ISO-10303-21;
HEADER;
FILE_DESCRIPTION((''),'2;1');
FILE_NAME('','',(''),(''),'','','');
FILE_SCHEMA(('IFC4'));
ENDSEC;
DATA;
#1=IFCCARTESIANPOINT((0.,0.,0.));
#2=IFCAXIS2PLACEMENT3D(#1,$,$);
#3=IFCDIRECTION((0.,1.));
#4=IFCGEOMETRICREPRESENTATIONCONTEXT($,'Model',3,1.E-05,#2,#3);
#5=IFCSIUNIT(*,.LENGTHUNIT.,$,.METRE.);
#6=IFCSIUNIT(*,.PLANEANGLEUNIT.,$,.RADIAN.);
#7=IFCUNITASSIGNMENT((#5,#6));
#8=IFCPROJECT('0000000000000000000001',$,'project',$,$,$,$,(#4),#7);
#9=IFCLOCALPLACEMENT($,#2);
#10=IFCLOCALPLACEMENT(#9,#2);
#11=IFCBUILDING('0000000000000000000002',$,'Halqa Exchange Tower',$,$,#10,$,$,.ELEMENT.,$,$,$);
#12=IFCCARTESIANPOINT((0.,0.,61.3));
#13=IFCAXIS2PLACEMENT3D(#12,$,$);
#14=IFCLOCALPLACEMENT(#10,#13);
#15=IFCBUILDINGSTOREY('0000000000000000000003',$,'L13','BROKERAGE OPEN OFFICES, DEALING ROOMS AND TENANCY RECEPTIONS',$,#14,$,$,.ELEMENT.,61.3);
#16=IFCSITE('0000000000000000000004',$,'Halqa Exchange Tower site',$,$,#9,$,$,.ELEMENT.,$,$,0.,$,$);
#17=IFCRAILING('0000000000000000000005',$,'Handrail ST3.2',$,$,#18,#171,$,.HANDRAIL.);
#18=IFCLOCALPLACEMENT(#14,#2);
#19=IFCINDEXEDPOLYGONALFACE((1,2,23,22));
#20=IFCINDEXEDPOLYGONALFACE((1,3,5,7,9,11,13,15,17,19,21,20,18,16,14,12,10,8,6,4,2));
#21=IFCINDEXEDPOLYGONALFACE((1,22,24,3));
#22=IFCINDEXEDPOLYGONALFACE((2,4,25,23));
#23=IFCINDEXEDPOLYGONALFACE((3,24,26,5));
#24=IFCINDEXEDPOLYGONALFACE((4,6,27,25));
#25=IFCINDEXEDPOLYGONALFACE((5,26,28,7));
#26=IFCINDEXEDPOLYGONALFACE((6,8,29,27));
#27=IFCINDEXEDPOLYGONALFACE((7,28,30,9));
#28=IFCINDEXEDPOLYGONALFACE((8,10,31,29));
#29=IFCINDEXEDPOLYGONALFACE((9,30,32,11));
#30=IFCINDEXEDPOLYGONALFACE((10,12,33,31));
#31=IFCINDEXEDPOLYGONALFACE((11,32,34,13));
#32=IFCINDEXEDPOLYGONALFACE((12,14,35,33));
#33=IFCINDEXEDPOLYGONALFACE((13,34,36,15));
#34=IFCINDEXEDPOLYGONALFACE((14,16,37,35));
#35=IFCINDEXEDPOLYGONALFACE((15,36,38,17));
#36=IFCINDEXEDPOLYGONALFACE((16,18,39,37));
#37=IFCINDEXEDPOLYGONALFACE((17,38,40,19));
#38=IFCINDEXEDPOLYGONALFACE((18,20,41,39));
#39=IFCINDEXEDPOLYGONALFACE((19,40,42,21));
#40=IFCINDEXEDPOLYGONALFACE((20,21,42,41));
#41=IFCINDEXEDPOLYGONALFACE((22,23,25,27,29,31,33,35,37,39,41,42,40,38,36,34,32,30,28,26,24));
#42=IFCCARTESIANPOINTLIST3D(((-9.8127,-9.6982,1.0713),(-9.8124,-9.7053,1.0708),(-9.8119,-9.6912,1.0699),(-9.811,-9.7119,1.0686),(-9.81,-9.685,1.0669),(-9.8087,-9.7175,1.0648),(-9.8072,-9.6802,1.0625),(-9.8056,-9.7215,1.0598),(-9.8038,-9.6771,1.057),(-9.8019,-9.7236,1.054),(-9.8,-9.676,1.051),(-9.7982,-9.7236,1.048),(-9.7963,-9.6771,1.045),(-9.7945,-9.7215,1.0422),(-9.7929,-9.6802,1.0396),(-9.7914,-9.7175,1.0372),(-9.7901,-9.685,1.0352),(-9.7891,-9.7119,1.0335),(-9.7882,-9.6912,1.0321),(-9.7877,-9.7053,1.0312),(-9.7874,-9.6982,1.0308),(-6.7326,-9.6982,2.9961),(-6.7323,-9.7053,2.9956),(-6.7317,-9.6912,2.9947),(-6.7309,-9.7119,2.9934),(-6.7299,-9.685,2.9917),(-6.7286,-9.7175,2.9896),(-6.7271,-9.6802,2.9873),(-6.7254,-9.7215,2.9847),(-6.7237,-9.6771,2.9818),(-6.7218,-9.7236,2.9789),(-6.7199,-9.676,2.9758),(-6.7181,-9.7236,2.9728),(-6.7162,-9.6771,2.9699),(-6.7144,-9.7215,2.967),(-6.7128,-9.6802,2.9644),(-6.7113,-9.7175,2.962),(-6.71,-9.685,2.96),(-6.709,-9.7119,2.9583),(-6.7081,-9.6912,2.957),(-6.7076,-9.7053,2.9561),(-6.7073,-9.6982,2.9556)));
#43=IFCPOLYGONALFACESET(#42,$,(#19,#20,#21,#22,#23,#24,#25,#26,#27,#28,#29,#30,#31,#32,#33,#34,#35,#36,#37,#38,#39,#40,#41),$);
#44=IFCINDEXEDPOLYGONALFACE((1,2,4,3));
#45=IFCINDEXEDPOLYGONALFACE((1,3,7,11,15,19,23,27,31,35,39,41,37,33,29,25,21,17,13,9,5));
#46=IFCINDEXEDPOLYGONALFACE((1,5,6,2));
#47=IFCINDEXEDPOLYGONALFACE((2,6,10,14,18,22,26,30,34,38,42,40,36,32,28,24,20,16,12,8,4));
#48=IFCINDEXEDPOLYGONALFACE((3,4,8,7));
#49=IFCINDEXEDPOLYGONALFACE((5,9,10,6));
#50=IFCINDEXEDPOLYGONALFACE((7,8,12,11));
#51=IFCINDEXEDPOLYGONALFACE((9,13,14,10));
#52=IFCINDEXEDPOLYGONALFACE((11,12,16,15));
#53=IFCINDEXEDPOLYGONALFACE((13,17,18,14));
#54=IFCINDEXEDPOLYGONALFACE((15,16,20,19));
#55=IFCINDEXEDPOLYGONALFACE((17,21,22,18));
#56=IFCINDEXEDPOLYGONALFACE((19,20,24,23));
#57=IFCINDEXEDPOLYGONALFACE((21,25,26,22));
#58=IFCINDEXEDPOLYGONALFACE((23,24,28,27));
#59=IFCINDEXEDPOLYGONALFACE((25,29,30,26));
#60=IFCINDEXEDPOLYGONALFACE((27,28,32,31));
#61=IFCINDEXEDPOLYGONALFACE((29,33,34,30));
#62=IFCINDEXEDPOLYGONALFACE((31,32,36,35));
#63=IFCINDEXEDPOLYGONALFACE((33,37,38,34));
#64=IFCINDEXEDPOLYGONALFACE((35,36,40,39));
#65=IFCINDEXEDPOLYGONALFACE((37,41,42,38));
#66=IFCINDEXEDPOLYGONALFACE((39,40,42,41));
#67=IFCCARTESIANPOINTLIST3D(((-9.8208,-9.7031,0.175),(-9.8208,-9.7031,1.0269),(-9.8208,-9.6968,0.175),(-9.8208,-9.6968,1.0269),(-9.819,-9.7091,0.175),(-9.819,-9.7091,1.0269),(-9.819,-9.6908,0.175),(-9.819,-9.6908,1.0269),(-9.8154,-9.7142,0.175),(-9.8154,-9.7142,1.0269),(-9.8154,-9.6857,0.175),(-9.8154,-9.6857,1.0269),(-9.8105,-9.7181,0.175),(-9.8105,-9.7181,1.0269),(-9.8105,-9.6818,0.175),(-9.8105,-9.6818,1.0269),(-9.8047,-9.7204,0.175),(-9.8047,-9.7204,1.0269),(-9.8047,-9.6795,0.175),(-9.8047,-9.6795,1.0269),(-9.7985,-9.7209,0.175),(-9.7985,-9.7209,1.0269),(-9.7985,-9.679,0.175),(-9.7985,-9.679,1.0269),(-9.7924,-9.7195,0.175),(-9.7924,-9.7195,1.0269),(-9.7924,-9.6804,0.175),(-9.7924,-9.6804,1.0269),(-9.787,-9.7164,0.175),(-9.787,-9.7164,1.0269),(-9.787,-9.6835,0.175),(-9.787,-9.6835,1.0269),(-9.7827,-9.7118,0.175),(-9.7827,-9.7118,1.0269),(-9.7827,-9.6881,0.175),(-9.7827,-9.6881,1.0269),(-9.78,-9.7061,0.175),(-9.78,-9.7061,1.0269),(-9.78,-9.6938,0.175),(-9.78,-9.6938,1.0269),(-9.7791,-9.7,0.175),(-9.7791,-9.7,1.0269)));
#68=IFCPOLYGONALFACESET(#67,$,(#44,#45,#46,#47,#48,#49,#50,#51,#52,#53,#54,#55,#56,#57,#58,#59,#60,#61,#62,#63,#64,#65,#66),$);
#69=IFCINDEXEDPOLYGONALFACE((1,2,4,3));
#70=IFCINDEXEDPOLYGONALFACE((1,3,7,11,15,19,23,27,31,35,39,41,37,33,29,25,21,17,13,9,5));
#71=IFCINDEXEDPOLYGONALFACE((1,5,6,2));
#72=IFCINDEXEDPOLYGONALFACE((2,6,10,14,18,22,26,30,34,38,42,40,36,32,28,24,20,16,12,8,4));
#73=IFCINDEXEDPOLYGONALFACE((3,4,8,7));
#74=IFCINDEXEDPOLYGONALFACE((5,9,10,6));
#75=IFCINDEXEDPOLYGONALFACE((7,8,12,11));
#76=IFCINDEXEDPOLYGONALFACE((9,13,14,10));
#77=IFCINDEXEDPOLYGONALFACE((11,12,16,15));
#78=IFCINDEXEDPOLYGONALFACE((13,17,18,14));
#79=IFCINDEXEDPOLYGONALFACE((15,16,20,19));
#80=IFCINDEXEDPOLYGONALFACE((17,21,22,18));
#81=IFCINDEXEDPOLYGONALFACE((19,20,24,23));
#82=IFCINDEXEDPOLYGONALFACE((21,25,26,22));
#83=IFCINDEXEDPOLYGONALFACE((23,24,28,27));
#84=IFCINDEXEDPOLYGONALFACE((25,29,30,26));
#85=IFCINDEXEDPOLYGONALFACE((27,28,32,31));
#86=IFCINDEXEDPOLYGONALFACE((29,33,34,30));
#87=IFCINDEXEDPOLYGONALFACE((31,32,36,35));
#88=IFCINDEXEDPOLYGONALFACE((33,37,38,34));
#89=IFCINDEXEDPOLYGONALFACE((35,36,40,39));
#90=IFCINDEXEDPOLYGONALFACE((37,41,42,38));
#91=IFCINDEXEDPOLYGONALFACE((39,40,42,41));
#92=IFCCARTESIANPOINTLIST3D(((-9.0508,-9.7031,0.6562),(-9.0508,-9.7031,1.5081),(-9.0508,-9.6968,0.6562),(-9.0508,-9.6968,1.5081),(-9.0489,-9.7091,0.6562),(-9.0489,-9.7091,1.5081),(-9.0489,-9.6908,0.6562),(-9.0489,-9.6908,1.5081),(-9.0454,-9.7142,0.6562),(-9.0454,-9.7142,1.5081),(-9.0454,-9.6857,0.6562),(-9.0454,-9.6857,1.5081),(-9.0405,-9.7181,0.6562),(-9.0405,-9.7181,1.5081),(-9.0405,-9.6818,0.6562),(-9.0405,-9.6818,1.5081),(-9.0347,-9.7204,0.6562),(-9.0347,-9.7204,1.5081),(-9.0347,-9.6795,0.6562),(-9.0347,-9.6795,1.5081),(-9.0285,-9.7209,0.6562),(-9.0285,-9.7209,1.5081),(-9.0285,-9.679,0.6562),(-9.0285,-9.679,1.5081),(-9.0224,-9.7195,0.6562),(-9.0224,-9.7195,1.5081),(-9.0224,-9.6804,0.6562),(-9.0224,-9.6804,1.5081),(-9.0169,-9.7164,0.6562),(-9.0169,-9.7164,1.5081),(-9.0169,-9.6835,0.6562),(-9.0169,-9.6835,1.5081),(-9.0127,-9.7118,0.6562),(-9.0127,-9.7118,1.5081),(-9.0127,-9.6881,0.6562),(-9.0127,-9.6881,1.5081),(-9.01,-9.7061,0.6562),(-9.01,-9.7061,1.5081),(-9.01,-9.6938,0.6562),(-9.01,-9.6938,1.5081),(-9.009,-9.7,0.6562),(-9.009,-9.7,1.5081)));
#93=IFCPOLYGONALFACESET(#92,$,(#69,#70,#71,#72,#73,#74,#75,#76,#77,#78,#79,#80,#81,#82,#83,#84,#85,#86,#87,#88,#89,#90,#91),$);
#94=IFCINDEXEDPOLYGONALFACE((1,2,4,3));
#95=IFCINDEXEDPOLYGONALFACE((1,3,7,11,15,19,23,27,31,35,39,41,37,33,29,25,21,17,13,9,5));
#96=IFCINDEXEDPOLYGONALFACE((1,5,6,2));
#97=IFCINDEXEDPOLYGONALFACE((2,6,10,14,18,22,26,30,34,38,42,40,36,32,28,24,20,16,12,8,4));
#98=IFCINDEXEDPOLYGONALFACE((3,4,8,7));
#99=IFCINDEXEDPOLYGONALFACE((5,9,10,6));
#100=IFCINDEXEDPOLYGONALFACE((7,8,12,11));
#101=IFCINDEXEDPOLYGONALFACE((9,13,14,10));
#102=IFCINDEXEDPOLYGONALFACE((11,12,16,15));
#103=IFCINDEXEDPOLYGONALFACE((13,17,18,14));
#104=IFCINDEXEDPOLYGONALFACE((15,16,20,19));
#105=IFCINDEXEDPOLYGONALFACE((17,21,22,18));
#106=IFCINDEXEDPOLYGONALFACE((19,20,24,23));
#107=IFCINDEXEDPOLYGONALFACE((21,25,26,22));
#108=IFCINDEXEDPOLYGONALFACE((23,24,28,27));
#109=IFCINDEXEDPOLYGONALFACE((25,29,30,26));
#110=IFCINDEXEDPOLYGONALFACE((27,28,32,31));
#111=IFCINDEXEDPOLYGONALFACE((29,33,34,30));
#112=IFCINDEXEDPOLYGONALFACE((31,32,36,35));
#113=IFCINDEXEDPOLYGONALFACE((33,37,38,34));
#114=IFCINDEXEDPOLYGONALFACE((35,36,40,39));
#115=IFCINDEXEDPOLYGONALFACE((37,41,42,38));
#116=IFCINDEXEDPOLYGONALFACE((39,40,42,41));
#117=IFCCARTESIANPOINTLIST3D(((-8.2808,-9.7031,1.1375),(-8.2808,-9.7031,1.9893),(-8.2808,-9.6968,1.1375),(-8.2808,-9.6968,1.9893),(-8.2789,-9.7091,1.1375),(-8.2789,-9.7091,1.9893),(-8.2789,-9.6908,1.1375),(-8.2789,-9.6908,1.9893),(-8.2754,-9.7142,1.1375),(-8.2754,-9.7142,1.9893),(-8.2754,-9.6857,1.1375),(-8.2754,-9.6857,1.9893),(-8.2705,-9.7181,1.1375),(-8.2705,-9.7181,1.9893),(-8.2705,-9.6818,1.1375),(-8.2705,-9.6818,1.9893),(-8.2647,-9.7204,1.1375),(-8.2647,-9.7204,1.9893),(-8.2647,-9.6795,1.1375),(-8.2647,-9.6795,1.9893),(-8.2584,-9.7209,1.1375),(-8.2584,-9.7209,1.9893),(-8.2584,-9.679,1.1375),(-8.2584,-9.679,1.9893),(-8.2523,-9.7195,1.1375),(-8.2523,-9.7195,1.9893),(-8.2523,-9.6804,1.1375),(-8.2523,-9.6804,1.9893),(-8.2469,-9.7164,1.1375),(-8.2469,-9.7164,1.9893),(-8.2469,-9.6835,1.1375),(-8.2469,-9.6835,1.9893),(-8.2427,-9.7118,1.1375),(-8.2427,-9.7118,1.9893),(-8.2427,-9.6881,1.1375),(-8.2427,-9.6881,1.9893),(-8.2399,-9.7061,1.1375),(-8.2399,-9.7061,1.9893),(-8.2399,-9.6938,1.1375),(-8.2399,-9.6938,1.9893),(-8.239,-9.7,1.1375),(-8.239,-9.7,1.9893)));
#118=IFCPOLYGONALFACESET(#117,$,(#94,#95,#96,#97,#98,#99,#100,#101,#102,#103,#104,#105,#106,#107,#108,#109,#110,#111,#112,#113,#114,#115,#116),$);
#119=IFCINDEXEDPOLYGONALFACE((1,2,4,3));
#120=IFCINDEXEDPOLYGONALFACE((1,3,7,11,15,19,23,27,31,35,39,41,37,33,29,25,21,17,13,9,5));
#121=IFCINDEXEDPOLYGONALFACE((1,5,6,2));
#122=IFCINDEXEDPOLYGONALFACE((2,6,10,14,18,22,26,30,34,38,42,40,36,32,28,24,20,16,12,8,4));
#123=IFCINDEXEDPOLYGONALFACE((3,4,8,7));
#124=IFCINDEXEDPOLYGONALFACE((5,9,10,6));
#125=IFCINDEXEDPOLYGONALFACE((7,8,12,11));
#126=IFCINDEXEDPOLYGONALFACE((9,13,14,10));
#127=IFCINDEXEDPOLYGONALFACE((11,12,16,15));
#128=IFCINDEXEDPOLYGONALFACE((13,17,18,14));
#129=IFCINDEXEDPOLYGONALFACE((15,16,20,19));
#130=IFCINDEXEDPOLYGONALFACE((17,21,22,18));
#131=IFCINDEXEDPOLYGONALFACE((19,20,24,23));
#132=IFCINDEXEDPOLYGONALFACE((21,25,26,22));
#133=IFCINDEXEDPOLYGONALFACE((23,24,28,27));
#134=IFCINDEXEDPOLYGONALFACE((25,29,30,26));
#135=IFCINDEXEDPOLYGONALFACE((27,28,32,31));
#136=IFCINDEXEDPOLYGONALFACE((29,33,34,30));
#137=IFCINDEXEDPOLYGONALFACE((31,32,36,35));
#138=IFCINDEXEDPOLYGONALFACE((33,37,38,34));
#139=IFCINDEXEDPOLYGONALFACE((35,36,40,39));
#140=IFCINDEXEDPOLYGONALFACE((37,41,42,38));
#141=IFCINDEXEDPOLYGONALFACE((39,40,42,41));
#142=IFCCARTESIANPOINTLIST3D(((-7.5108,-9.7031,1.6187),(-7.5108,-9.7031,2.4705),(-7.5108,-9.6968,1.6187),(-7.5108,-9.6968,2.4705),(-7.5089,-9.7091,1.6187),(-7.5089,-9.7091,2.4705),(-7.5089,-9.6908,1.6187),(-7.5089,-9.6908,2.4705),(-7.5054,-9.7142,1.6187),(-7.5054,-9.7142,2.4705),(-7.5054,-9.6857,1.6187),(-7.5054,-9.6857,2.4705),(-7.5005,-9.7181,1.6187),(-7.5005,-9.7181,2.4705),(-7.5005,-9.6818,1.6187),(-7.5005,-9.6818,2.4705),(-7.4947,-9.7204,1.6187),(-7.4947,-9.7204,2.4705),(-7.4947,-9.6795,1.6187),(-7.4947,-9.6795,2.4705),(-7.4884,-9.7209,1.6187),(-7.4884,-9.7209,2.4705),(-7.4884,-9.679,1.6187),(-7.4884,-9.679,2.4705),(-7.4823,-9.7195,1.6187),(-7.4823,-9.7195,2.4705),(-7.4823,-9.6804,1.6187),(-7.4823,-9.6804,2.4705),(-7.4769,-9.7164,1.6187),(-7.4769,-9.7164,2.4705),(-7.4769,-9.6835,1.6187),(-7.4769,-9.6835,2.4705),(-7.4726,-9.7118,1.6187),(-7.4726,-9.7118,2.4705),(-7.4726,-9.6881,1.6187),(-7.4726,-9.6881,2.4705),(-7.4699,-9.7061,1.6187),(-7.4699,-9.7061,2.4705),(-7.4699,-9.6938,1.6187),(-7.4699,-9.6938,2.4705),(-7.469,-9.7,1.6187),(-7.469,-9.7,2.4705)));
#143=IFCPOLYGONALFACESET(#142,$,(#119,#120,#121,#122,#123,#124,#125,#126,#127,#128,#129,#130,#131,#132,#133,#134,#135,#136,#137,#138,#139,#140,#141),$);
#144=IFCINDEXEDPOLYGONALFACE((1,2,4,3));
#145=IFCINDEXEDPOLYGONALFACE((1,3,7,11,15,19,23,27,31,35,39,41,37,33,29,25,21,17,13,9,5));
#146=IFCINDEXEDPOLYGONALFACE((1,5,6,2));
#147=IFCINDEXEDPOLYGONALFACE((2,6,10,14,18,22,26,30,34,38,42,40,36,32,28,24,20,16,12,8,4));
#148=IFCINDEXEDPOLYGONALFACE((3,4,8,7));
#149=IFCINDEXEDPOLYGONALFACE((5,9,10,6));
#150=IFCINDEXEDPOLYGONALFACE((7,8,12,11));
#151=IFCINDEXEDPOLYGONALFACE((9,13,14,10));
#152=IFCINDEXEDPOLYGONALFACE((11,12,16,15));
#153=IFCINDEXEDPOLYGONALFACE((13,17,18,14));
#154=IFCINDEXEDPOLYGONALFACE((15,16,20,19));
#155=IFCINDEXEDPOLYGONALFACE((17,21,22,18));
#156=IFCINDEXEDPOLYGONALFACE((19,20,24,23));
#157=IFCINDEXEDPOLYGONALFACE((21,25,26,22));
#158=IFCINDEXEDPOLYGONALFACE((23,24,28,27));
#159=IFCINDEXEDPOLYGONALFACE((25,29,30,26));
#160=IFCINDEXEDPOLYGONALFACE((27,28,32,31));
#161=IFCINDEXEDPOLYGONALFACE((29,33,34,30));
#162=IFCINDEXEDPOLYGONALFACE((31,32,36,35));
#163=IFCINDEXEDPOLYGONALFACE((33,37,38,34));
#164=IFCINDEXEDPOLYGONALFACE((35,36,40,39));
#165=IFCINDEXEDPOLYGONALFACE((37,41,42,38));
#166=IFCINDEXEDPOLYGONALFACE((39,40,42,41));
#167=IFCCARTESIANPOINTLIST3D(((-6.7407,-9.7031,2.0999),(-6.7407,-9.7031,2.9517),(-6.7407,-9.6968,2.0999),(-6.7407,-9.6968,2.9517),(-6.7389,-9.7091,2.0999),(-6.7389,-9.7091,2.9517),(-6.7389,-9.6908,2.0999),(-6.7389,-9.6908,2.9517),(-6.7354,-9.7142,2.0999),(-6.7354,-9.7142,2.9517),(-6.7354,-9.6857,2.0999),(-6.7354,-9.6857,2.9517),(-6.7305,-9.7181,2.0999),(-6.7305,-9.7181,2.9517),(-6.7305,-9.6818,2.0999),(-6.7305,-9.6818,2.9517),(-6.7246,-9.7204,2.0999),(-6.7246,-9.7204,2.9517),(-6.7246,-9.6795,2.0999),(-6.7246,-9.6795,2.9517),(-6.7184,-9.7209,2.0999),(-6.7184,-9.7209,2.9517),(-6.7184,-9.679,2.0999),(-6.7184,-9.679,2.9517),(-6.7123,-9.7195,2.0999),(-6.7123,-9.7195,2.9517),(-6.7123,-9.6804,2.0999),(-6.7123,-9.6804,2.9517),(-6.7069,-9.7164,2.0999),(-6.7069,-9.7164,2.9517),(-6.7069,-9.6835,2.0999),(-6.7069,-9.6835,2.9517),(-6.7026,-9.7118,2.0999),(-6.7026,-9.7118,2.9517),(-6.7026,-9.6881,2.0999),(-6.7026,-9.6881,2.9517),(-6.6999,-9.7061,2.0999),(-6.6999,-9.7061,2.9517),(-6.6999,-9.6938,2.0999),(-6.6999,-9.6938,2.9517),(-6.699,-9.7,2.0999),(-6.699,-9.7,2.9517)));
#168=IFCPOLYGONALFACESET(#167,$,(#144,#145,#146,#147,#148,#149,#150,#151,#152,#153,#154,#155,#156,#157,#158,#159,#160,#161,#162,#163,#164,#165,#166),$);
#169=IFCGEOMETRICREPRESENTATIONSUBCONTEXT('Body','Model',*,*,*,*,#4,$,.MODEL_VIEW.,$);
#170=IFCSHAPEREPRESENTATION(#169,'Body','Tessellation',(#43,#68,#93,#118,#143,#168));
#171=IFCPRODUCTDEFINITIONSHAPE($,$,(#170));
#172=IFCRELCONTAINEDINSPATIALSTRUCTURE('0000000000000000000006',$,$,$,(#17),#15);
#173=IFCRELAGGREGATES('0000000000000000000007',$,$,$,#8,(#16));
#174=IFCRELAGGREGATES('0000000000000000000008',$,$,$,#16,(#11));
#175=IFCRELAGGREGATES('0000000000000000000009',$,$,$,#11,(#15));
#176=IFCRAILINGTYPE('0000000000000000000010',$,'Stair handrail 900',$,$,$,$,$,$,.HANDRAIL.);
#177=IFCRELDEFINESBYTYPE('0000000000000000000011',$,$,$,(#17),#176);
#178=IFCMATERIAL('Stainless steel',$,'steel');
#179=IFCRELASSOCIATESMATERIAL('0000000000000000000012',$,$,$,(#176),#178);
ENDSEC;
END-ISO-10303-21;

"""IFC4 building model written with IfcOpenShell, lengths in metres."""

from ifc_helpers import new_model, si_unit, direction, frame, origin, origin_2d, place, context, subcontext, project, spatial, circle, extrude, material, type_object, element, save


model = new_model("IFC4")

# Units and contexts
model_context = context("Model", 3, precision=1e-05, world=origin(), true_north=direction((0.0, 1.0)))
body_context = subcontext(model_context, "Body", "Model", "MODEL_VIEW")
ifc_project = project(units=[si_unit("LENGTHUNIT", "METRE"), si_unit("PLANEANGLEUNIT", "RADIAN")], contexts=[model_context])

# Site, building, storey
site_placement = place(None, origin())
site = spatial("IfcSite", under=ifc_project, at=site_placement, Name="Halqa Exchange Tower site", CompositionType="ELEMENT", RefElevation=0.0)
building_placement = place(site_placement, origin())
building = spatial("IfcBuilding", under=site, at=building_placement, Name="Halqa Exchange Tower", CompositionType="ELEMENT")
storey_placement = place(building_placement, frame((0.0, 0.0, 61.3)))
storey = spatial("IfcBuildingStorey", under=building, at=storey_placement, Name="L13", Description="BROKERAGE OPEN OFFICES, DEALING ROOMS AND TENANCY RECEPTIONS", CompositionType="ELEMENT", Elevation=61.3)

# Shared definitions
ifc_material_1 = material(Name="Stainless steel", Category="steel")

# Railing
railing_type_1 = type_object("IfcRailingType", Name="Stair handrail 900", PredefinedType="HANDRAIL", material=ifc_material_1)
railing_1_placement = place(storey_placement, frame((-9.8, -9.7, 0.175)))
element("IfcRailing", 1, at=railing_1_placement, inside=storey, type_object=railing_type_1, Name="Handrail ST3.2", PredefinedType="HANDRAIL", context=body_context, shape_type="SweptSolid", body=[
    extrude(circle(Radius=0.0239, at=origin_2d()), frame((0.0, 0.0, 0.876), z_axis=(0.848029, 0.0, 0.529951), x_axis=(0.0, 1.0, 0.0)), (0.0, 0.0, 1.0), 3.6321),
    extrude(circle(Radius=0.021, at=origin_2d()), origin(), (0.0, 0.0, 1.0), 0.8518),
    extrude(circle(Radius=0.021, at=origin_2d()), frame((0.77, 0.0, 0.4812)), (0.0, 0.0, 1.0), 0.8518),
    extrude(circle(Radius=0.021, at=origin_2d()), frame((1.54, 0.0, 0.9624)), (0.0, 0.0, 1.0), 0.8518),
    extrude(circle(Radius=0.021, at=origin_2d()), frame((2.3101, 0.0, 1.4436)), (0.0, 0.0, 1.0), 0.8518),
    extrude(circle(Radius=0.021, at=origin_2d()), frame((3.0801, 0.0, 1.9248)), (0.0, 0.0, 1.0), 0.8518),
])

save(model, "model.ifc")
